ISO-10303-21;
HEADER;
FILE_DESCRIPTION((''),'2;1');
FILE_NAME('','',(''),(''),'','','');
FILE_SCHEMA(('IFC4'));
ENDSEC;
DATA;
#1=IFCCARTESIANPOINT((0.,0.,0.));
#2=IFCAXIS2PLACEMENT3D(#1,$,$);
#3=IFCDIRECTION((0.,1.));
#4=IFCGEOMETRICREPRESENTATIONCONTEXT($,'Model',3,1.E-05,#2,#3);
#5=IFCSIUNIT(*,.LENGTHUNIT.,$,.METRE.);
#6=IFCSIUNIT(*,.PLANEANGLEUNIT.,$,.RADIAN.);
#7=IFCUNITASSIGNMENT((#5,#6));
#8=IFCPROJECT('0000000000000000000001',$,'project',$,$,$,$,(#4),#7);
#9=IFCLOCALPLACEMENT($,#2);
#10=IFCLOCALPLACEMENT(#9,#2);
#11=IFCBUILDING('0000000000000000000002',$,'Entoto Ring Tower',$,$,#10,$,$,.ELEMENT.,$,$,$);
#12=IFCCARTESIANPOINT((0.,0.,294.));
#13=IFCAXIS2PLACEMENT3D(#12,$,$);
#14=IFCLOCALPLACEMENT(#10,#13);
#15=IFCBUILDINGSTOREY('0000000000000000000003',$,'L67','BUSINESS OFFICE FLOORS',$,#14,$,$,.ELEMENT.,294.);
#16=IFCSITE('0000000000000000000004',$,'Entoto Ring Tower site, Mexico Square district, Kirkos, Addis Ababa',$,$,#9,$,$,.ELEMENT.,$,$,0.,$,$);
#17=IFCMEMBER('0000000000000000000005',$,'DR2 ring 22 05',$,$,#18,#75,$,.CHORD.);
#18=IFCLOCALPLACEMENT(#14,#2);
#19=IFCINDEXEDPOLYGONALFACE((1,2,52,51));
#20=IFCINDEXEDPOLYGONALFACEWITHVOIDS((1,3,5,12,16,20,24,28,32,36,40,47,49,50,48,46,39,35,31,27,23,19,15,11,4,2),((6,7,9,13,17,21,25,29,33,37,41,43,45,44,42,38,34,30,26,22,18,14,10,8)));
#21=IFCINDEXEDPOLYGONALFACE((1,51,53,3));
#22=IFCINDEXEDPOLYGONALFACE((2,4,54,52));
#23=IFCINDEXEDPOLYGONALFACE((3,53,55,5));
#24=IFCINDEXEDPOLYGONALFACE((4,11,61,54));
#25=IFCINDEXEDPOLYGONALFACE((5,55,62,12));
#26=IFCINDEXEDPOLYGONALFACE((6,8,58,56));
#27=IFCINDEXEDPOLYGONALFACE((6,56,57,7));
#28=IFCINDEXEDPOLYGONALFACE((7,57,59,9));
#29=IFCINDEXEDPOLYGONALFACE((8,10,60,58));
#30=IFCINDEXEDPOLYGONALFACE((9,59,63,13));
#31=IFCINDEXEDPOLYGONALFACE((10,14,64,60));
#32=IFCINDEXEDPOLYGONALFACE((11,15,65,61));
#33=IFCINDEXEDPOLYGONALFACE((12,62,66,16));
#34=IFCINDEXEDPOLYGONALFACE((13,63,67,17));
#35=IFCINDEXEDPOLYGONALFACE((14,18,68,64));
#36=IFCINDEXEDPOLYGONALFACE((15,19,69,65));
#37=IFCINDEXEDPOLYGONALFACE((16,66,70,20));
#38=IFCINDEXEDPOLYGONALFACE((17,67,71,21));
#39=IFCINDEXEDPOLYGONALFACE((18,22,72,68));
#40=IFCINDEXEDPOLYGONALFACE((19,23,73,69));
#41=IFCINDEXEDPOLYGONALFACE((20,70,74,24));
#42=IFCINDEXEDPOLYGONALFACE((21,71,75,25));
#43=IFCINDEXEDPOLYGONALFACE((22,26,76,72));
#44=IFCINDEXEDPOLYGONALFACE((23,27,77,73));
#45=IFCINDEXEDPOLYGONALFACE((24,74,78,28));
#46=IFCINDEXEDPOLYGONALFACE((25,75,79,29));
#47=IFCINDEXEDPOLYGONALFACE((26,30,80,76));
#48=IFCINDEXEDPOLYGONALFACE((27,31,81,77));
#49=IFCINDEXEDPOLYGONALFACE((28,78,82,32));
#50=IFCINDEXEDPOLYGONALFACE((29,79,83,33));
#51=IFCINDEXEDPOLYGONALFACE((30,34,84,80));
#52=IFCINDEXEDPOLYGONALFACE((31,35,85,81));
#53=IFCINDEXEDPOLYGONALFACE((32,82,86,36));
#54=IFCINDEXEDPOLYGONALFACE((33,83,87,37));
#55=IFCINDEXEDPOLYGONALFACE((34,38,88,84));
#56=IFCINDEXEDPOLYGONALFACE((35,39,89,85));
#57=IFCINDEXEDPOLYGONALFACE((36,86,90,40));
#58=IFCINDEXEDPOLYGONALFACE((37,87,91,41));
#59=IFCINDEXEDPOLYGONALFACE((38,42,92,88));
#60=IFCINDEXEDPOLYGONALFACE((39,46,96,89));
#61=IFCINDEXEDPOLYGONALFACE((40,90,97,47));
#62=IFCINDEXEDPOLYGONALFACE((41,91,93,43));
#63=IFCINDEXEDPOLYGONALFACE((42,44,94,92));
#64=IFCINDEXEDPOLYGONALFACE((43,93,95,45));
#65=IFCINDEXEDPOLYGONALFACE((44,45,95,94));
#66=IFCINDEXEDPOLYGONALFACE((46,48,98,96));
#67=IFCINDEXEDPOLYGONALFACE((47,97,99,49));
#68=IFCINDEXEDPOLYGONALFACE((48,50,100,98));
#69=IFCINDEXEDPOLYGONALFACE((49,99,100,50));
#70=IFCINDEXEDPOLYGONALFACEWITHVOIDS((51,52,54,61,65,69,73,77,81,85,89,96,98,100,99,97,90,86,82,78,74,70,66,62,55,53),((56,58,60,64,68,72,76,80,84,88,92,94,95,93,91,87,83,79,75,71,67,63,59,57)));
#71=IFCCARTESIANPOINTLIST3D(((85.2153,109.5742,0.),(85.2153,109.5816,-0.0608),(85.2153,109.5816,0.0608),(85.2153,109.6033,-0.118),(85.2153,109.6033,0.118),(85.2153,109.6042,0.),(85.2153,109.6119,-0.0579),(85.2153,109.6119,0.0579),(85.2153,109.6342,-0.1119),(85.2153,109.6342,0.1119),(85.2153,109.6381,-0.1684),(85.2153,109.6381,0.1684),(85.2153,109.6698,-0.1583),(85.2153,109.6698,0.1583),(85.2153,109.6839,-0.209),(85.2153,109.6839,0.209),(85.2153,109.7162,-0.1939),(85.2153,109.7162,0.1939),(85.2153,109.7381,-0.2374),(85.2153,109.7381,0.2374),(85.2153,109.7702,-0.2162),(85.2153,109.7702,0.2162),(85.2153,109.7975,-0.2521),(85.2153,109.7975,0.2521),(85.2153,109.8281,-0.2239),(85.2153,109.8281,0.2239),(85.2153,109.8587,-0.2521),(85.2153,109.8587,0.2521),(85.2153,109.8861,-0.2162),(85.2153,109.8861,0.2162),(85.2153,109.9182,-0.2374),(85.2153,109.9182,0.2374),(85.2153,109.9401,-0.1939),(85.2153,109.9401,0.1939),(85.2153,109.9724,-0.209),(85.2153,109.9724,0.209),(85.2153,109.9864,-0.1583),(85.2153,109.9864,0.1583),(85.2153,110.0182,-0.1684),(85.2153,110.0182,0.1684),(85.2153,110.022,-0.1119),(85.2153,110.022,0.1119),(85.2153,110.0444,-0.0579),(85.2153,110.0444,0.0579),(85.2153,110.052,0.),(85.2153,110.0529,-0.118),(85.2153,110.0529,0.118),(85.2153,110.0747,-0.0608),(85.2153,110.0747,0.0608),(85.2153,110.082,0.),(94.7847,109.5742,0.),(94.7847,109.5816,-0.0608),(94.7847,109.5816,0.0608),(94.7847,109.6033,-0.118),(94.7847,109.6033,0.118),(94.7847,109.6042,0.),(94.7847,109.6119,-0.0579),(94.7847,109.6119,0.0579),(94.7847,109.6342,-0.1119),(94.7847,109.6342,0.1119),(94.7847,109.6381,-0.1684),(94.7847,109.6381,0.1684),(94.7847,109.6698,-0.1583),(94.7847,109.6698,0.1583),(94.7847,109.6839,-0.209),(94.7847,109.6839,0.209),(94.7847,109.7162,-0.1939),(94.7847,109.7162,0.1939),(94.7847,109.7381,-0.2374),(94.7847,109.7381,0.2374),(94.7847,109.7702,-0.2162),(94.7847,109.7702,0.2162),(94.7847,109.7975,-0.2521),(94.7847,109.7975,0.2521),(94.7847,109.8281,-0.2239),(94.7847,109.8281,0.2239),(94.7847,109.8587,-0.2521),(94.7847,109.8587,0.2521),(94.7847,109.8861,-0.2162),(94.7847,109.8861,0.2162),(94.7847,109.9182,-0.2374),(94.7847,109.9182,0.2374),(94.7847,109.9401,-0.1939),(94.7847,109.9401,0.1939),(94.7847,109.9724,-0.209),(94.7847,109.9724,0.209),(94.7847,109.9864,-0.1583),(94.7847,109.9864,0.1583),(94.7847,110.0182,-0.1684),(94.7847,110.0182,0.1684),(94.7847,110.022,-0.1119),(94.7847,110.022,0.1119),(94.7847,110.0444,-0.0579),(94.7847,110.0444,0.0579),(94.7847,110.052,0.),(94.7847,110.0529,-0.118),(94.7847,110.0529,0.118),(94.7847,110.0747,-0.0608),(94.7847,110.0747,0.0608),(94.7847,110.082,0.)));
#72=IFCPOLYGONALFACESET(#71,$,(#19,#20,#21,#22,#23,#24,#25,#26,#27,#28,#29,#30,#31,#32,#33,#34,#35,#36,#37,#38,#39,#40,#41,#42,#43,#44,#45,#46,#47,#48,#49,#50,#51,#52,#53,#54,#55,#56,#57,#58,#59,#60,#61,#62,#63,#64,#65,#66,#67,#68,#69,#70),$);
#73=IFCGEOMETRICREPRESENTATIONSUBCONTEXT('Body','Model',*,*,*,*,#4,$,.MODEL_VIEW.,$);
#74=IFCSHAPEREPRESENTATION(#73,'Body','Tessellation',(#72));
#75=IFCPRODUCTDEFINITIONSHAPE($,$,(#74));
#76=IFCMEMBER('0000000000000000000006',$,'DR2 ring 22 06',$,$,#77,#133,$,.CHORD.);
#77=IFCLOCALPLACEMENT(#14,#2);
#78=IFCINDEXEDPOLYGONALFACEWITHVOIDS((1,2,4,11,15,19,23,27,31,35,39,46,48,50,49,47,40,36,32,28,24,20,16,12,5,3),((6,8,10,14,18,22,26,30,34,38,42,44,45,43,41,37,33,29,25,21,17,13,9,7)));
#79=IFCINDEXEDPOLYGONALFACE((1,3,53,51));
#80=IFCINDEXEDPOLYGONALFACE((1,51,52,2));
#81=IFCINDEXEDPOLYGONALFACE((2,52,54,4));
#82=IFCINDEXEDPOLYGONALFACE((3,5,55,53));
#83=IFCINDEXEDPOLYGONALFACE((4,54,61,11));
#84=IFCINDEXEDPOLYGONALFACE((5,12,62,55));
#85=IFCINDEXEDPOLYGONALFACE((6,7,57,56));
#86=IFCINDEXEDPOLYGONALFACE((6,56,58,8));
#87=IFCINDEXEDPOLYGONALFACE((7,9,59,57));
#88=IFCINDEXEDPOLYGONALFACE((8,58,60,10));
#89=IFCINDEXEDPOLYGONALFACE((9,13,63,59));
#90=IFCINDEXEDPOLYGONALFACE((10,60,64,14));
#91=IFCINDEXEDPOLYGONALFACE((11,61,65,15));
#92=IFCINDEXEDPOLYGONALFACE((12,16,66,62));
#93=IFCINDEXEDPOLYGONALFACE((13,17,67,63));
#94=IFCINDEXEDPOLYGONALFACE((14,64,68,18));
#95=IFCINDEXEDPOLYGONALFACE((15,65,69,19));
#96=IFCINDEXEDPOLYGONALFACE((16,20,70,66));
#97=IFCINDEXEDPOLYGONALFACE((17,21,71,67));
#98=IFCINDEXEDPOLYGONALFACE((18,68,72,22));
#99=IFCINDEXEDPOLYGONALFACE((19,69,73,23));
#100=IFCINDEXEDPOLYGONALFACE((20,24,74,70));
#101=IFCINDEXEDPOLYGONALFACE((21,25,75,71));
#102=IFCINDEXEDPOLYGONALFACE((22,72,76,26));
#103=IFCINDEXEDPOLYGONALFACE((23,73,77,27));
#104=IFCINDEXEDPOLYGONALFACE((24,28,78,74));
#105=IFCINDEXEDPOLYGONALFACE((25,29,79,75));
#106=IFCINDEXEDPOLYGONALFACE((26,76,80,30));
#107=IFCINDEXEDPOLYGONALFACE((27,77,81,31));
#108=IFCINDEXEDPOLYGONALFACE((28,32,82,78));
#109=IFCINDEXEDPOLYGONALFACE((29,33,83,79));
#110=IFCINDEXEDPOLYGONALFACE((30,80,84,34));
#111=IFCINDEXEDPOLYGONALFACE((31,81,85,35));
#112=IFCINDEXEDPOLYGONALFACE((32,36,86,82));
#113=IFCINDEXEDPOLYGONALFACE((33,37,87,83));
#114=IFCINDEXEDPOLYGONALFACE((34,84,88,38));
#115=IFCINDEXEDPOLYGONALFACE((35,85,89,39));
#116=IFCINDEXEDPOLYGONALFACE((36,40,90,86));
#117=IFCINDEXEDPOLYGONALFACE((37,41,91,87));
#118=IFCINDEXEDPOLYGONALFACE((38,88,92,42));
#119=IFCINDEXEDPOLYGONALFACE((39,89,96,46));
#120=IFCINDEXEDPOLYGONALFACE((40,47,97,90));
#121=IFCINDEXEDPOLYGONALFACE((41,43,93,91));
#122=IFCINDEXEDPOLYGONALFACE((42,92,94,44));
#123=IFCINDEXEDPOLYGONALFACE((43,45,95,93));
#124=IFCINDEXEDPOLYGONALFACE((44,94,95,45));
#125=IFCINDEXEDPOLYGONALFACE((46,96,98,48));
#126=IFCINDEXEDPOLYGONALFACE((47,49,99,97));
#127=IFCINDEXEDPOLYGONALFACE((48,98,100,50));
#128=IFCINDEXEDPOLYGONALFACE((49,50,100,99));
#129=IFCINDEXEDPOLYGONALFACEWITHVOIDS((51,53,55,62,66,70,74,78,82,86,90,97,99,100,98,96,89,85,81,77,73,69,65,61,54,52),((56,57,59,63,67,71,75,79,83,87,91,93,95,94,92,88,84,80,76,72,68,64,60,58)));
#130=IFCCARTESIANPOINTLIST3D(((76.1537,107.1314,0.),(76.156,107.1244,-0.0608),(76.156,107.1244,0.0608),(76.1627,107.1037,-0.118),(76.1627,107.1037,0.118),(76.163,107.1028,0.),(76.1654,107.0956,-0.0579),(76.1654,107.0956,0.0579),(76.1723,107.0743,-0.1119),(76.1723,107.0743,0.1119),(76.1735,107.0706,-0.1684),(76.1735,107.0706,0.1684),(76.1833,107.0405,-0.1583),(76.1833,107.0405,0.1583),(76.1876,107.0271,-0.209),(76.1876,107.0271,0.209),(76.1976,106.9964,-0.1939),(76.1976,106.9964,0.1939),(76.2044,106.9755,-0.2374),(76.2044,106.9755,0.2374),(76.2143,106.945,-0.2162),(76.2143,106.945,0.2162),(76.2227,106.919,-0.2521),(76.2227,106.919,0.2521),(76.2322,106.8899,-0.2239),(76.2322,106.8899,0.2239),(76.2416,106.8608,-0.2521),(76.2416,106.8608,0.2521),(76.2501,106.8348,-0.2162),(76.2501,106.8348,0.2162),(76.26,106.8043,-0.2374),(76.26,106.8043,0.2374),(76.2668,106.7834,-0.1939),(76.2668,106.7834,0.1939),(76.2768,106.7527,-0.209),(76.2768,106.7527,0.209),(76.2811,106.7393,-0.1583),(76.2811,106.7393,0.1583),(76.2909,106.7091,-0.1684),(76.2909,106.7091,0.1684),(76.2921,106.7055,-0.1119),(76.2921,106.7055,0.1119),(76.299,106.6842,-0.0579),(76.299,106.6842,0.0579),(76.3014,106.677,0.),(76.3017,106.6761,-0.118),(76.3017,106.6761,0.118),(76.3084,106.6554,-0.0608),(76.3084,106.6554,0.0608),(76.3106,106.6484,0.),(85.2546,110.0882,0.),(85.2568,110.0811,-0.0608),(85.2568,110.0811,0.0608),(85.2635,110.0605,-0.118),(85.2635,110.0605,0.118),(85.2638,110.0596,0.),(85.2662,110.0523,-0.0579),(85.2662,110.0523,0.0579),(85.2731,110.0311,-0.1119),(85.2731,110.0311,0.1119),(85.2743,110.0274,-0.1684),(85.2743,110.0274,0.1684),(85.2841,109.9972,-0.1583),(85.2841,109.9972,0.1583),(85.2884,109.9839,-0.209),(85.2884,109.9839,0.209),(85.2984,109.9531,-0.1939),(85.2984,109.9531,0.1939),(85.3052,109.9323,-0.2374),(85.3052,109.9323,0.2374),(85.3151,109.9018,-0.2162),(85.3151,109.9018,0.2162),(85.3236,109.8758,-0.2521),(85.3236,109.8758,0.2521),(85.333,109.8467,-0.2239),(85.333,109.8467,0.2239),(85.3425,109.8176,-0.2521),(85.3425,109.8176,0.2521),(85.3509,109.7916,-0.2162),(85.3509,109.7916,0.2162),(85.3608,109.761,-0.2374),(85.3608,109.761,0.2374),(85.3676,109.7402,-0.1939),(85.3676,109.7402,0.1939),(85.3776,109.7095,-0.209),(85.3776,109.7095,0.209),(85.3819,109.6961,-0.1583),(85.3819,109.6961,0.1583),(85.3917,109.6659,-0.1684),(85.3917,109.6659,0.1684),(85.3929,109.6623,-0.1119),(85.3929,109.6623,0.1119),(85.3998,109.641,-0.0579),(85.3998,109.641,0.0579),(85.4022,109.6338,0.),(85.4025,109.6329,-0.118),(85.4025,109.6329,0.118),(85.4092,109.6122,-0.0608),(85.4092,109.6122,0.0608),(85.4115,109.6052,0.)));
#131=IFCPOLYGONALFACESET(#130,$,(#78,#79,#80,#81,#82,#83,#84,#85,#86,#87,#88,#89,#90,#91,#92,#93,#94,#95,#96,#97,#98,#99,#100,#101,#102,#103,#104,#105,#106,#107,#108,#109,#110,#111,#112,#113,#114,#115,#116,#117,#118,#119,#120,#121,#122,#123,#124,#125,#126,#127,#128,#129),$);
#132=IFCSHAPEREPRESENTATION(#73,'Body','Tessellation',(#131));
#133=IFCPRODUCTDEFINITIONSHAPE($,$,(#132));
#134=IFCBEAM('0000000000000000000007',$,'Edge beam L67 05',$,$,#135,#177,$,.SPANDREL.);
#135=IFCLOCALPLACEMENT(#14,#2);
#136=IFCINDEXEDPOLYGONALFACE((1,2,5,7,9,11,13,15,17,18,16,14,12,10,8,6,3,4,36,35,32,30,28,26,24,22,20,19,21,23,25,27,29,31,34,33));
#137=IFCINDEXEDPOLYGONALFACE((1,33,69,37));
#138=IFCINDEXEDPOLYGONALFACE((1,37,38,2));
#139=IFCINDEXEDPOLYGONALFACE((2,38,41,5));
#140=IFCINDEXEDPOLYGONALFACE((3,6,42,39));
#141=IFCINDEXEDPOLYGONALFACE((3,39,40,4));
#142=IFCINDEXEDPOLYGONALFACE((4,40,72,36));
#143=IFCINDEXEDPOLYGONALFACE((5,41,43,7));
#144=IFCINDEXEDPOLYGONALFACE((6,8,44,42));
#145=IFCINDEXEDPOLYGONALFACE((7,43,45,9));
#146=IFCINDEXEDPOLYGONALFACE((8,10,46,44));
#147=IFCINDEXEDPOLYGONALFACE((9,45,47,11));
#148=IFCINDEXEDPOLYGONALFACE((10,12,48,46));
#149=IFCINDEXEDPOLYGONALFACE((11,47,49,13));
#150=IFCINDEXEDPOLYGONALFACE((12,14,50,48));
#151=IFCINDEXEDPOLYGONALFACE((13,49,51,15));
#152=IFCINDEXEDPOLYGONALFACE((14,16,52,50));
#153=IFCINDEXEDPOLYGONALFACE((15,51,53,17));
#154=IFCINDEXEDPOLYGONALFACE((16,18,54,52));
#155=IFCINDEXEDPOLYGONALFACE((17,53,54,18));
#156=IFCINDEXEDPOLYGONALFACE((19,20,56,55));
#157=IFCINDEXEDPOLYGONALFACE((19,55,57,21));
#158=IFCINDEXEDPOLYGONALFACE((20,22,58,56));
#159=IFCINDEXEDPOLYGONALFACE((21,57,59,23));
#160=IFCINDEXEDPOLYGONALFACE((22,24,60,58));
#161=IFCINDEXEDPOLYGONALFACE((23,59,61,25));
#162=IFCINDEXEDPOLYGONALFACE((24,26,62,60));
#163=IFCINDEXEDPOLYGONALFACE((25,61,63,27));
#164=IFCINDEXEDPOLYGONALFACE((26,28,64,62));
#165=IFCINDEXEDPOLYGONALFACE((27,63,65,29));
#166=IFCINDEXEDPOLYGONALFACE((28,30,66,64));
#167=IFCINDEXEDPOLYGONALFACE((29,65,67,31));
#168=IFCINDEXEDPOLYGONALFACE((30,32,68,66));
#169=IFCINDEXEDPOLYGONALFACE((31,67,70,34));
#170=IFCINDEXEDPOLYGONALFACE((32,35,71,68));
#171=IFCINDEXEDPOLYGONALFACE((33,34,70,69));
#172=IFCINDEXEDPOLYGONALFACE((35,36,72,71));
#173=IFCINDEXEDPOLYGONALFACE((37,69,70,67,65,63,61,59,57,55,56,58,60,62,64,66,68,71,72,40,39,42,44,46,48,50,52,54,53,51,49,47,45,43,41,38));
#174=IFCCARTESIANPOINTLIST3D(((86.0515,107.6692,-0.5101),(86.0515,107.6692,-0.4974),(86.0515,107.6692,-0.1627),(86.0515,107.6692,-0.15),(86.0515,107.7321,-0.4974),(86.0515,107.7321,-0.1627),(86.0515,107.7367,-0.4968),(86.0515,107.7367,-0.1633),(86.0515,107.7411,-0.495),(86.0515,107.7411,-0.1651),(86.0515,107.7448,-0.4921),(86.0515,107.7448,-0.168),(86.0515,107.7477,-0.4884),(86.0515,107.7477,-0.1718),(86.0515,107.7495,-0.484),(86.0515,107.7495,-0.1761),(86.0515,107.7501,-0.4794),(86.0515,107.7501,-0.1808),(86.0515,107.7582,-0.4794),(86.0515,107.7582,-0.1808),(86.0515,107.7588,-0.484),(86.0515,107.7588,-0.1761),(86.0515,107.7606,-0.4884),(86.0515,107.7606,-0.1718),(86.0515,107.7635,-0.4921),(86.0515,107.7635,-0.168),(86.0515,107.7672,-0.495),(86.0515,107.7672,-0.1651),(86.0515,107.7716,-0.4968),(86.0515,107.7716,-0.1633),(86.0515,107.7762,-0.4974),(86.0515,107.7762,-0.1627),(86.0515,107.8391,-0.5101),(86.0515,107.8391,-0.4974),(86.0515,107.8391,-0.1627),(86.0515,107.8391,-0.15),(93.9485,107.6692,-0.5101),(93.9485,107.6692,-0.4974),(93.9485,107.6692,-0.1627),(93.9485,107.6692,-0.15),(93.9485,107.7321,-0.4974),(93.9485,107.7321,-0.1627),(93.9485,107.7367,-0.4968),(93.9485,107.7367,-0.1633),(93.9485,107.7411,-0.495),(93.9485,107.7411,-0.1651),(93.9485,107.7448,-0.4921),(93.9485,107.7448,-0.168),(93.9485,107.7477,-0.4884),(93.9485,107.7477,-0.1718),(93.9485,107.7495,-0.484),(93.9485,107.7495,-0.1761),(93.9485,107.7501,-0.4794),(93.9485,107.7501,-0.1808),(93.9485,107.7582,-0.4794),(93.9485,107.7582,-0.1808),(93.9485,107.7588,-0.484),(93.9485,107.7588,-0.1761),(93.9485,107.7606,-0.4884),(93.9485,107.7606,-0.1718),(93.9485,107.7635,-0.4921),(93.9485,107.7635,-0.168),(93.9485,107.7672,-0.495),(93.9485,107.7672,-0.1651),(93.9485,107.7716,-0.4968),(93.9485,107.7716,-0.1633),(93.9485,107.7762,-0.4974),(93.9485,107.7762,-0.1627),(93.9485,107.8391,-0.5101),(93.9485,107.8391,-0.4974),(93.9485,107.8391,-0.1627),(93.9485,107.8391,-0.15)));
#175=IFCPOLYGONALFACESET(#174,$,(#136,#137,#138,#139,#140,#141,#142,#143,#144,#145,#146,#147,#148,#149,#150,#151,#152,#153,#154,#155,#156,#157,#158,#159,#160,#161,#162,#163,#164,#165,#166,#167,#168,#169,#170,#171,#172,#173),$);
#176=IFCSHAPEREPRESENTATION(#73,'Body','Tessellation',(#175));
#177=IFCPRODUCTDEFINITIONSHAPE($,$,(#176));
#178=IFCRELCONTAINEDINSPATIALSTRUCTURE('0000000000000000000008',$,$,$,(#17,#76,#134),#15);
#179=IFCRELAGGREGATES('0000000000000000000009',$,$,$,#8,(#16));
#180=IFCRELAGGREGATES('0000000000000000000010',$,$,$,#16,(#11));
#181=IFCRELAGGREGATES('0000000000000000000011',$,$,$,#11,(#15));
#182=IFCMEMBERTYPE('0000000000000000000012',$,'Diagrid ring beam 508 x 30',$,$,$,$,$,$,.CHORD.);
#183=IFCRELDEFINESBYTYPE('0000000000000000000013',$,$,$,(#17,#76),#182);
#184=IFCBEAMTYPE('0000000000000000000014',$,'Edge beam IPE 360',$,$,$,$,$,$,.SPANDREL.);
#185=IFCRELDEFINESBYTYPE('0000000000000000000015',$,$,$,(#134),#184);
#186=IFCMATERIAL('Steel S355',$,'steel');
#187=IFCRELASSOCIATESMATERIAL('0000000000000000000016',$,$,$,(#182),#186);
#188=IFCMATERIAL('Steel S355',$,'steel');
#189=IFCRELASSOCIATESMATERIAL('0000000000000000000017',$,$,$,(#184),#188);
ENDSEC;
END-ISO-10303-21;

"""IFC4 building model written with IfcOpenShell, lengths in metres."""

from ifc_helpers import new_model, si_unit, direction, frame, origin, origin_2d, place, context, subcontext, project, spatial, circle, hollow_circle, i_section, extrude, material, material_profile, profile_set, type_object, element, save


model = new_model("IFC4")

# Units and contexts
model_context = context("Model", 3, precision=1e-05, world=origin(), true_north=direction((0.0, 1.0)))
body_context = subcontext(model_context, "Body", "Model", "MODEL_VIEW")
ifc_project = project(units=[si_unit("LENGTHUNIT", "METRE"), si_unit("PLANEANGLEUNIT", "RADIAN")], contexts=[model_context])

# Site, building, storey
site_placement = place(None, origin())
site = spatial("IfcSite", under=ifc_project, at=site_placement, Name="Entoto Ring Tower site, Mexico Square district, Kirkos, Addis Ababa", CompositionType="ELEMENT", RefElevation=0.0)
building_placement = place(site_placement, origin())
building = spatial("IfcBuilding", under=site, at=building_placement, Name="Entoto Ring Tower", CompositionType="ELEMENT")
storey_placement = place(building_placement, frame((0.0, 0.0, 294.0)))
storey = spatial("IfcBuildingStorey", under=building, at=storey_placement, Name="L67", Description="BUSINESS OFFICE FLOORS", CompositionType="ELEMENT", Elevation=294.0)

# Members
ifc_material_1 = material(Name="Steel S355", Category="steel")
ifc_material_profile_1 = material_profile(ifc_material_1, hollow_circle(Radius=0.2539, WallThickness=0.03, at=origin_2d()), Name="CHS 508 x 30")
ifc_material_2 = material(Name="Concrete C60/75", Category="concrete")
ifc_material_profile_2 = material_profile(ifc_material_2, circle(Radius=0.2241, at=origin_2d()), Name="Concrete C60/75 infill")
ifc_profile_set_1 = profile_set([ifc_material_profile_1, ifc_material_profile_2], Name="Steel S355")
member_type_1 = type_object("IfcMemberType", Name="Diagrid ring beam 508 x 30", PredefinedType="CHORD", material=ifc_profile_set_1)
member_1_placement = place(storey_placement, frame((94.7847, 109.8281, 0.0), z_axis=(-1.0, 0.0, 0.0), x_axis=(0.0, -1.0, 0.0)))
element("IfcMember", 1, at=member_1_placement, inside=storey, type_object=member_type_1, Name="DR2 ring 22 05", PredefinedType="CHORD", context=body_context, shape_type="SweptSolid", body=[
    extrude(hollow_circle(Radius=0.2539, WallThickness=0.03, at=origin_2d()), origin(), (0.0, 0.0, 1.0), 9.5693),
])
member_2_placement = place(storey_placement, frame((85.333, 109.8467, 0.0), z_axis=(-0.951064, -0.308993, 0.0), x_axis=(0.308993, -0.951064, 0.0)))
element("IfcMember", 2, at=member_2_placement, inside=storey, type_object=member_type_1, Name="DR2 ring 22 06", PredefinedType="CHORD", context=body_context, shape_type="SweptSolid", body=[
    extrude(hollow_circle(Radius=0.2539, WallThickness=0.03, at=origin_2d()), origin(), (0.0, 0.0, 1.0), 9.5691),
])

# Beam
ifc_material_3 = material(Name="Steel S355", Category="steel")
ifc_material_profile_3 = material_profile(ifc_material_3, i_section(OverallWidth=0.1699, OverallDepth=0.3601, WebThickness=0.0081, FlangeThickness=0.0127, FilletRadius=0.0181, at=origin_2d()), Name="IPE 360")
ifc_profile_set_2 = profile_set([ifc_material_profile_3], Name="Steel S355")
beam_type_1 = type_object("IfcBeamType", Name="Edge beam IPE 360", PredefinedType="SPANDREL", material=ifc_profile_set_2)
beam_1_placement = place(storey_placement, frame((93.9485, 107.7542, -0.3301), z_axis=(-1.0, 0.0, 0.0), x_axis=(0.0, -1.0, 0.0)))
element("IfcBeam", 3, at=beam_1_placement, inside=storey, type_object=beam_type_1, Name="Edge beam L67 05", PredefinedType="SPANDREL", context=body_context, shape_type="SweptSolid", body=[
    extrude(i_section(OverallWidth=0.1699, OverallDepth=0.3601, WebThickness=0.0081, FlangeThickness=0.0127, FilletRadius=0.0181, at=origin_2d()), origin(), (0.0, 0.0, 1.0), 7.897),
])

save(model, "model.ifc")
